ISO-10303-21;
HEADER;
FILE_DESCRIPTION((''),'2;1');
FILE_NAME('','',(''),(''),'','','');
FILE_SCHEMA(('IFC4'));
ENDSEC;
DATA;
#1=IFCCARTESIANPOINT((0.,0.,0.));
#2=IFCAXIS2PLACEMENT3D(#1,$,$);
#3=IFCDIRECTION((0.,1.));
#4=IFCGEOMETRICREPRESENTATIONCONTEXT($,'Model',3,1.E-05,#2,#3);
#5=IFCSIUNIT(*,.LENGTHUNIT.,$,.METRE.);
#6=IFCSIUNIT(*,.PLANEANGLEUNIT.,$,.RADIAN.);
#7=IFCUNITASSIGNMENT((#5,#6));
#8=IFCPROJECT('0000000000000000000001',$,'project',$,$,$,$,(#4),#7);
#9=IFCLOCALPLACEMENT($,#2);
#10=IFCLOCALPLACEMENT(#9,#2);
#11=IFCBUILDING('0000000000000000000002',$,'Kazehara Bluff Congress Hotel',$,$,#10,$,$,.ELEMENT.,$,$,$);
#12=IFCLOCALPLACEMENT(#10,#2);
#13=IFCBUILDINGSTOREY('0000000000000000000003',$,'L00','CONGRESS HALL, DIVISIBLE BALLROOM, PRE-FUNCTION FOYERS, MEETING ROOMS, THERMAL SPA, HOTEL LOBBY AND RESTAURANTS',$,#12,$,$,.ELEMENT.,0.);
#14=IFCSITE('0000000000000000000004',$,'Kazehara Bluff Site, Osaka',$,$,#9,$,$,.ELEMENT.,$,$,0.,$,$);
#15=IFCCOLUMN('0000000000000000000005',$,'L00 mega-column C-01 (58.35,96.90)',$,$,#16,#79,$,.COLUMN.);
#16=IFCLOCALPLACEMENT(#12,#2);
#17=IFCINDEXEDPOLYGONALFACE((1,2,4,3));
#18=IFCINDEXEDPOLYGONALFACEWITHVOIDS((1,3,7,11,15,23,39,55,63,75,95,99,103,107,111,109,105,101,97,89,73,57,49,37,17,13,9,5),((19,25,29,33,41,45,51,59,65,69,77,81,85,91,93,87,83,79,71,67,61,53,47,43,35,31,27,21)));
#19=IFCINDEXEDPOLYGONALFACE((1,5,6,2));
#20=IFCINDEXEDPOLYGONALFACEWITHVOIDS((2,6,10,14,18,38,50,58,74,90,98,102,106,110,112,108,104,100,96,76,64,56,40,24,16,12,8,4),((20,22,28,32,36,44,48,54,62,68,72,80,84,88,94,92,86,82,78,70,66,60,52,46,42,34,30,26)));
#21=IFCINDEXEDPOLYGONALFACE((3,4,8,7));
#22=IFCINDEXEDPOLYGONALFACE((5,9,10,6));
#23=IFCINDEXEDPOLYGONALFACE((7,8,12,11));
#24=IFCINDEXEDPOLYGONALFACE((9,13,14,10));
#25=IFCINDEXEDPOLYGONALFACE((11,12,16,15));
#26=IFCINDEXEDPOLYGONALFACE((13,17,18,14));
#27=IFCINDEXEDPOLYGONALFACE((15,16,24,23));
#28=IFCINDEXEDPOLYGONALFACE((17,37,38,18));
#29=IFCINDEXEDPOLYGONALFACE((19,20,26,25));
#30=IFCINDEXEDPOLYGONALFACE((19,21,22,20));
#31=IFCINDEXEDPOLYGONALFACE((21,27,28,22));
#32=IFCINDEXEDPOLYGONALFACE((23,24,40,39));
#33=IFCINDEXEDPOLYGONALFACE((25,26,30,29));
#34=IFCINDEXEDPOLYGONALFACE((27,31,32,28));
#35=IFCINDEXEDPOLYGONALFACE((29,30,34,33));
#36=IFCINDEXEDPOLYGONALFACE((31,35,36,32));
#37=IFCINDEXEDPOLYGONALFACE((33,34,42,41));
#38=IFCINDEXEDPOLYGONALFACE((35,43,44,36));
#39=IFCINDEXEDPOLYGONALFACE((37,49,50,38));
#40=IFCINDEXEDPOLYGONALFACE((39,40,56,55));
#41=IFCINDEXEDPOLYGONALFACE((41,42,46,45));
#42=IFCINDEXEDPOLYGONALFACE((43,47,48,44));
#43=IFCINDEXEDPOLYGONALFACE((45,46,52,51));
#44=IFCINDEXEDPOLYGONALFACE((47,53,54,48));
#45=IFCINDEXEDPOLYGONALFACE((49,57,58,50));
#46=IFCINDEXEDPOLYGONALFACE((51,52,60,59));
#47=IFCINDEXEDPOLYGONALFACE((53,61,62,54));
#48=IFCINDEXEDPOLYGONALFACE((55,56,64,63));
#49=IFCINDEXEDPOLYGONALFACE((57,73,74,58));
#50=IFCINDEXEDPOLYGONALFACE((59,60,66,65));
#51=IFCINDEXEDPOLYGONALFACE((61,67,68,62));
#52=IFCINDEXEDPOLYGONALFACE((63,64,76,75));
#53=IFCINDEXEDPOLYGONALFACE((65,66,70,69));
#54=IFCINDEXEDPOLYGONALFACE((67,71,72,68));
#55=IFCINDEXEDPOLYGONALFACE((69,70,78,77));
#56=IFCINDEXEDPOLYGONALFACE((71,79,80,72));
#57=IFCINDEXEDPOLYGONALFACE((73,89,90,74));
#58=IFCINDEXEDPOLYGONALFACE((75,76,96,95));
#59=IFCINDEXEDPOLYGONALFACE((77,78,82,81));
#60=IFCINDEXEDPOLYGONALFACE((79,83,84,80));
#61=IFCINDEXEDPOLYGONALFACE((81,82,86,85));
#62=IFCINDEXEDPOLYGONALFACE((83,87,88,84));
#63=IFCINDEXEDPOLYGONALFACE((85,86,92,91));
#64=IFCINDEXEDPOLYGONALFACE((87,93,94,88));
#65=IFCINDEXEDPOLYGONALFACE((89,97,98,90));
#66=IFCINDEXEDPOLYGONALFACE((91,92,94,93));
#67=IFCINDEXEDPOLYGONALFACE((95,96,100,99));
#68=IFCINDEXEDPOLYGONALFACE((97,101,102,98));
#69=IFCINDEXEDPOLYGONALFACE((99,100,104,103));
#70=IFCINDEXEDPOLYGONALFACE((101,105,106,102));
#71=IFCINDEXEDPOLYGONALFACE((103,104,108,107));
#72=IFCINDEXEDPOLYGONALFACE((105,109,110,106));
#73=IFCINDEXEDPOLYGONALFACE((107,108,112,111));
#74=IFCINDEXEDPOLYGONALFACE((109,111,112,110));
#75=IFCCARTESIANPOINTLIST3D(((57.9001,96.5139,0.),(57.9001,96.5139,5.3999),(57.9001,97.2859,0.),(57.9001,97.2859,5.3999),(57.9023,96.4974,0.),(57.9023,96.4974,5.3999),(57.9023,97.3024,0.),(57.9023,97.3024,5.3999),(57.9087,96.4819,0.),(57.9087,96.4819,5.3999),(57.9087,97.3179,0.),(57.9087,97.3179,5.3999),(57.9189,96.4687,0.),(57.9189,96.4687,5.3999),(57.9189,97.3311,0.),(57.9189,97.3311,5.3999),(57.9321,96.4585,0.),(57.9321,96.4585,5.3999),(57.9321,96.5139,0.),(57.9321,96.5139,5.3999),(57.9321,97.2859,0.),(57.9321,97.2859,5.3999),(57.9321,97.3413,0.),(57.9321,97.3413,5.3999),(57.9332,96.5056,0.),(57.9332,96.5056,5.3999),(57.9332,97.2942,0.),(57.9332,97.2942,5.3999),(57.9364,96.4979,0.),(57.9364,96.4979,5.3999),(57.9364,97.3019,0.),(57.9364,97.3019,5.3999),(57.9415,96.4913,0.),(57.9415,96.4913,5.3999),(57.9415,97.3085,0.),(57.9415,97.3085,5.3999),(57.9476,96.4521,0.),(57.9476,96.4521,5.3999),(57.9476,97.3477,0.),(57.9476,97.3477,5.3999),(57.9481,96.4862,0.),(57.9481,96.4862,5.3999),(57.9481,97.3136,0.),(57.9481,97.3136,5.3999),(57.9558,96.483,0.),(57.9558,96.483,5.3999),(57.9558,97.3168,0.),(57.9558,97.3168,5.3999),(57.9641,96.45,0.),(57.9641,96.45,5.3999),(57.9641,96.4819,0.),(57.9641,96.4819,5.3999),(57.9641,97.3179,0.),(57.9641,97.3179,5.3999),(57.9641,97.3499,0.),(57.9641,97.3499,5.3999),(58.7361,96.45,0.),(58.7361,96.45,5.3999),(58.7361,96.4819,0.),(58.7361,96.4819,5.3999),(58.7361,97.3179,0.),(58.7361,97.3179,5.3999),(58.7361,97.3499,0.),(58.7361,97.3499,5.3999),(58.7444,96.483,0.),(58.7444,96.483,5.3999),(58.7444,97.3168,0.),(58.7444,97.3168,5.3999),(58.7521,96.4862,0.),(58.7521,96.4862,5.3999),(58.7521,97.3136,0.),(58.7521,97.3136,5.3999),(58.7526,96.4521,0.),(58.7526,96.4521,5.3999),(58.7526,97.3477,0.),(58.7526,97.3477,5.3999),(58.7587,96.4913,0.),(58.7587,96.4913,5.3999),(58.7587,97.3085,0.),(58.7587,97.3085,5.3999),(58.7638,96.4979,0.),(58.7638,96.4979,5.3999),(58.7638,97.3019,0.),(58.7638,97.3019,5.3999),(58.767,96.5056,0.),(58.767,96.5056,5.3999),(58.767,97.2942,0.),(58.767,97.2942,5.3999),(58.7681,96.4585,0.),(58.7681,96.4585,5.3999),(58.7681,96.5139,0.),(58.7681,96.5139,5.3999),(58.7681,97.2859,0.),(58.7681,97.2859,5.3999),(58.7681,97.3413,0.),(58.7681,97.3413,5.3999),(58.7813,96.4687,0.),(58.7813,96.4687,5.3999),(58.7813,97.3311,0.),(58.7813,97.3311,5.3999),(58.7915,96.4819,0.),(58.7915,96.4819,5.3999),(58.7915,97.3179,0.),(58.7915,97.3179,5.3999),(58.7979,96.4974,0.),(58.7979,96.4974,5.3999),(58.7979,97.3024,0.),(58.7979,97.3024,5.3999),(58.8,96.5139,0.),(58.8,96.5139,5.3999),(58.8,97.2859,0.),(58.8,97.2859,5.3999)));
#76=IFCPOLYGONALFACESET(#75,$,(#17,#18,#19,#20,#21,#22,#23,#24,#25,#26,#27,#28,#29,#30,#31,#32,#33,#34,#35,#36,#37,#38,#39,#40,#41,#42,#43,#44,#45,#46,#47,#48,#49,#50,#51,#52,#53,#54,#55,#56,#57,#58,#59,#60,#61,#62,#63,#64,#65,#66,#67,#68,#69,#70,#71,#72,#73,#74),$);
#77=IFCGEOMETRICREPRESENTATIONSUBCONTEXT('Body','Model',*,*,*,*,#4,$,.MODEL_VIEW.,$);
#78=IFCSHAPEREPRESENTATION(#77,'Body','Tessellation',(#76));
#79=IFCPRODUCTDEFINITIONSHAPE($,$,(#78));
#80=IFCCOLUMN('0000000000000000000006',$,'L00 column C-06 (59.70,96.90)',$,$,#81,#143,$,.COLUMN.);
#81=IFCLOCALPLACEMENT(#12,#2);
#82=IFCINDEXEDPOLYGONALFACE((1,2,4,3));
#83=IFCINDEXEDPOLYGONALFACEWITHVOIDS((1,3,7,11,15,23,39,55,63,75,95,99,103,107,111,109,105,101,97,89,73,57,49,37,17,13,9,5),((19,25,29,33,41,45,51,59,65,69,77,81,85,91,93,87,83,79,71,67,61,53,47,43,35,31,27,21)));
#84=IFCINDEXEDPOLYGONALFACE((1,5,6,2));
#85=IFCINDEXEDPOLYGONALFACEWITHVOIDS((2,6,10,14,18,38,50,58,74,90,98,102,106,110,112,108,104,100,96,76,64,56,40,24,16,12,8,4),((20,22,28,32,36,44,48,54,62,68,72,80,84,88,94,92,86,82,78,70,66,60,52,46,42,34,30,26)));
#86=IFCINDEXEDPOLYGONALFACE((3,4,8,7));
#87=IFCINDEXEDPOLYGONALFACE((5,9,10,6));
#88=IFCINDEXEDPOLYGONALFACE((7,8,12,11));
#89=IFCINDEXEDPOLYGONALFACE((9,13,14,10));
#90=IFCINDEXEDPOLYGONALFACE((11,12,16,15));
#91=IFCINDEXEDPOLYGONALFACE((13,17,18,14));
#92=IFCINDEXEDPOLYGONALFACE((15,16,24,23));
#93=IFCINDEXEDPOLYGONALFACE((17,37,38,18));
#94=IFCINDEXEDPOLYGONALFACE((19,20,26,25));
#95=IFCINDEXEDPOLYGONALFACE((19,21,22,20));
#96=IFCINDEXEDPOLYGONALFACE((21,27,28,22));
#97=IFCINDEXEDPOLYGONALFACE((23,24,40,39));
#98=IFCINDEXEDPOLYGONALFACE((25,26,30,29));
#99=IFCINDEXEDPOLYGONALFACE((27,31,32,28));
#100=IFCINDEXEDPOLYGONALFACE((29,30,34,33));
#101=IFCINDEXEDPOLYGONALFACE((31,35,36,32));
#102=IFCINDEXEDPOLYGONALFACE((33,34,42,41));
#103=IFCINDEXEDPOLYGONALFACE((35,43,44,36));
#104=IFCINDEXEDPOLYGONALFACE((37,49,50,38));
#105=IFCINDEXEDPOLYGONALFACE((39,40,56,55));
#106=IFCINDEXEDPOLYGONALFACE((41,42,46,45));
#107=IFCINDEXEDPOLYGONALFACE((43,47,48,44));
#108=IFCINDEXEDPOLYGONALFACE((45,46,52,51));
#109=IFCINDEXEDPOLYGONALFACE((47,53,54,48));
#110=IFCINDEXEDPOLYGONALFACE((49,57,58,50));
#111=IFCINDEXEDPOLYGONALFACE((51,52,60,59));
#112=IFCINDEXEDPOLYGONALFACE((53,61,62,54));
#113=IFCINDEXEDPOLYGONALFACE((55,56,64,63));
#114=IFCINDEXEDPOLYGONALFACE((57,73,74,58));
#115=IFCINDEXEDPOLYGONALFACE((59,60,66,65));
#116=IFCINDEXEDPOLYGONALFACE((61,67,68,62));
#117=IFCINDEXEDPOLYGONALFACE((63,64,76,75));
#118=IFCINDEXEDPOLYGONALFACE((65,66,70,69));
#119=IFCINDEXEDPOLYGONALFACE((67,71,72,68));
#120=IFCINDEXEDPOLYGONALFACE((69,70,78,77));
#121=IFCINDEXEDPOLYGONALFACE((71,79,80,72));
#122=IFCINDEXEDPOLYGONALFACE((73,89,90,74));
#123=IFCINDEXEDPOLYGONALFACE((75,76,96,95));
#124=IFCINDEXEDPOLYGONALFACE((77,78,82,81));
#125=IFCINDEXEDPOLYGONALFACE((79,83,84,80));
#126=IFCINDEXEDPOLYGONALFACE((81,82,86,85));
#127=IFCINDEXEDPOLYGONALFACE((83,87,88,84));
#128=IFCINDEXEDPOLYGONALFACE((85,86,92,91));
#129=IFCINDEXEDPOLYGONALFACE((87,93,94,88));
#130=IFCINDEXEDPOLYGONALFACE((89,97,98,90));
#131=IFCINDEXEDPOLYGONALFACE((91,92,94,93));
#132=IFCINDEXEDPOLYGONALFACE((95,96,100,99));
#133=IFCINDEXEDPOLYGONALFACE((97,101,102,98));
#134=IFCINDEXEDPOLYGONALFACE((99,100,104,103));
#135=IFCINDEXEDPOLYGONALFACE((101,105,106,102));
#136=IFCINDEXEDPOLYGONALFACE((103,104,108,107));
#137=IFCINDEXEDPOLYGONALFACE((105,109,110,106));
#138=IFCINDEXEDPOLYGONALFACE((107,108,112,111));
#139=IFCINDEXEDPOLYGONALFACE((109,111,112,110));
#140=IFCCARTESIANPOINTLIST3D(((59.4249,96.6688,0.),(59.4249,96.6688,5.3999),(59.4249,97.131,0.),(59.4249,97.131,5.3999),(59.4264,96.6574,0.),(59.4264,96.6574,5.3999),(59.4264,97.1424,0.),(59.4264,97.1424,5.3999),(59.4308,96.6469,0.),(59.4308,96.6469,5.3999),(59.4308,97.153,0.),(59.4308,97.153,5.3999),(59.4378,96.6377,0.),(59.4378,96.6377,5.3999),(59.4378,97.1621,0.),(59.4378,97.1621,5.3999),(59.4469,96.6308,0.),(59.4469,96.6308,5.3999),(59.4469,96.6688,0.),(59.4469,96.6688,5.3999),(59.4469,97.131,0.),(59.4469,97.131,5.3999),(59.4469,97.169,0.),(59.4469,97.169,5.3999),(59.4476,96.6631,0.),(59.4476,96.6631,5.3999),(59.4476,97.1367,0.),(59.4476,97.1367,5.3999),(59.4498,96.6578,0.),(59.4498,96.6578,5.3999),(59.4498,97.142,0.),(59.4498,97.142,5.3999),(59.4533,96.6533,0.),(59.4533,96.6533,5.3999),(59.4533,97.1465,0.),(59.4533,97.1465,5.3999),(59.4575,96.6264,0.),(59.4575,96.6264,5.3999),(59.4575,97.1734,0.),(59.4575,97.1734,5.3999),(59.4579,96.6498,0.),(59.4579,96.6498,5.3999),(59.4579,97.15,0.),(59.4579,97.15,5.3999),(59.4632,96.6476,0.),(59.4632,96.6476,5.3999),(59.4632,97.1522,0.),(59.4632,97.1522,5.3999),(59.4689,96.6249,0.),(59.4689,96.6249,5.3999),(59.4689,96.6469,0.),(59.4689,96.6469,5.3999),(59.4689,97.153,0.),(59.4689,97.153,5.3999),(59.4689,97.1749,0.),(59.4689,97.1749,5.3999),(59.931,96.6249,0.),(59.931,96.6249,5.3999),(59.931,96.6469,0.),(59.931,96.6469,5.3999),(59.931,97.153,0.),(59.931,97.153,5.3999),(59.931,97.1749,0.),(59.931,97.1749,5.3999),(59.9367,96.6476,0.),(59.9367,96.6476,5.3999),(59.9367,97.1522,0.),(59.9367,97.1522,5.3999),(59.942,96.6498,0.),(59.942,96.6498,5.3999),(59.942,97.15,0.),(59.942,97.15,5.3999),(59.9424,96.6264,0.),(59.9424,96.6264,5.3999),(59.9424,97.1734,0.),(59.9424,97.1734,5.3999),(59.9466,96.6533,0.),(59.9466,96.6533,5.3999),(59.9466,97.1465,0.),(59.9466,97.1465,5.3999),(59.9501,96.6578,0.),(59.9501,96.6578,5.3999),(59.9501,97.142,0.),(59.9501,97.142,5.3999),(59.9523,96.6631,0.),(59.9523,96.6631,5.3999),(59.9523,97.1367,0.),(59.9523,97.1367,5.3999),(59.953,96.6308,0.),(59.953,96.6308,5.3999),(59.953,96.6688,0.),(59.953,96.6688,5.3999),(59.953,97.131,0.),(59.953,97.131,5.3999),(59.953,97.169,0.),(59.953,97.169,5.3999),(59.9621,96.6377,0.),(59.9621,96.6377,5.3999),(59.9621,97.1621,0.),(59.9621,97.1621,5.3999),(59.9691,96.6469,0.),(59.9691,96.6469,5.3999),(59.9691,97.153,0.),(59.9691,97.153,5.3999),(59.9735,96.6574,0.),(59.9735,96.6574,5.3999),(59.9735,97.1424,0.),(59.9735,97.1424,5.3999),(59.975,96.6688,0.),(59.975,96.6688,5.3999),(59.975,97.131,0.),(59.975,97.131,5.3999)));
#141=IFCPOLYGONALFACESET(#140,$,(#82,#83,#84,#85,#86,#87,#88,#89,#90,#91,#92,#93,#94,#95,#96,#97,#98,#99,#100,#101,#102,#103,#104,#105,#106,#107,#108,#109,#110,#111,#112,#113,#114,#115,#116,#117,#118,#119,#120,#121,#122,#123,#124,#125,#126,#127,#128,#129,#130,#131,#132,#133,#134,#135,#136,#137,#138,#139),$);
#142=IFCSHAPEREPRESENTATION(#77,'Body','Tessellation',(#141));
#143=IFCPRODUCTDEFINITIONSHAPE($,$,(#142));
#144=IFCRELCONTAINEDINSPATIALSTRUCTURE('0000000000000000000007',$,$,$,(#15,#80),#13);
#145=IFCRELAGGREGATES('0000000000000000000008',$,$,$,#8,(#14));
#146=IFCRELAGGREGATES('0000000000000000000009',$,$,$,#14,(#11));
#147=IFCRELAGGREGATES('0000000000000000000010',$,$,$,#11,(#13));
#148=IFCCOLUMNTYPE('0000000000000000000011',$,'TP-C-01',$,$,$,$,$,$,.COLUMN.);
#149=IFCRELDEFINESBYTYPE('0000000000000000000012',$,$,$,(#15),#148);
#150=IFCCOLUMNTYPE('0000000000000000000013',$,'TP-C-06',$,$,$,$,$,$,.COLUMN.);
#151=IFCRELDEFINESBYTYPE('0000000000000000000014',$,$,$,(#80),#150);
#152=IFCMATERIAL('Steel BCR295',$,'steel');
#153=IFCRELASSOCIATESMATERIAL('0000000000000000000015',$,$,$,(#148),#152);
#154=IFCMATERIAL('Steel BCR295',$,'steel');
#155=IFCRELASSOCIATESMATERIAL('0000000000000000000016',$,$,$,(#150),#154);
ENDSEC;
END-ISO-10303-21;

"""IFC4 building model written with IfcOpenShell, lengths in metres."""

from ifc_helpers import new_model, si_unit, direction, frame, origin, origin_2d, place, context, subcontext, project, spatial, hollow_rectangle, extrude, material, material_profile, profile_set, type_object, element, save


model = new_model("IFC4")

# Units and contexts
model_context = context("Model", 3, precision=1e-05, world=origin(), true_north=direction((0.0, 1.0)))
body_context = subcontext(model_context, "Body", "Model", "MODEL_VIEW")
ifc_project = project(units=[si_unit("LENGTHUNIT", "METRE"), si_unit("PLANEANGLEUNIT", "RADIAN")], contexts=[model_context])

# Site, building, storey
site_placement = place(None, origin())
site = spatial("IfcSite", under=ifc_project, at=site_placement, Name="Kazehara Bluff Site, Osaka", CompositionType="ELEMENT", RefElevation=0.0)
building_placement = place(site_placement, origin())
building = spatial("IfcBuilding", under=site, at=building_placement, Name="Kazehara Bluff Congress Hotel", CompositionType="ELEMENT")
storey_placement = place(building_placement, origin())
storey = spatial("IfcBuildingStorey", under=building, at=storey_placement, Name="L00", Description="CONGRESS HALL, DIVISIBLE BALLROOM, PRE-FUNCTION FOYERS, MEETING ROOMS, THERMAL SPA, HOTEL LOBBY AND RESTAURANTS", CompositionType="ELEMENT", Elevation=0.0)

# Columns
ifc_material_1 = material(Name="Steel BCR295", Category="steel")
ifc_material_profile_1 = material_profile(ifc_material_1, hollow_rectangle(XDim=0.8999, YDim=0.8999, WallThickness=0.032, InnerFilletRadius=0.032, OuterFilletRadius=0.064, at=origin_2d()))
ifc_profile_set_1 = profile_set([ifc_material_profile_1], Name="Steel BCR295")
column_type_1 = type_object("IfcColumnType", Name="TP-C-01", PredefinedType="COLUMN", material=ifc_profile_set_1)
column_1_placement = place(storey_placement, frame((58.3501, 96.8999, 0.0), z_axis=(0.0, 0.0, 1.0), x_axis=(1.0, 0.0, 0.0)))
element("IfcColumn", 1, at=column_1_placement, inside=storey, type_object=column_type_1, Name="L00 mega-column C-01 (58.35,96.90)", PredefinedType="COLUMN", context=body_context, shape_type="SweptSolid", body=[
    extrude(hollow_rectangle(XDim=0.8999, YDim=0.8999, WallThickness=0.032, InnerFilletRadius=0.032, OuterFilletRadius=0.064, at=origin_2d()), origin(), (0.0, 0.0, 1.0), 5.3999),
])
ifc_material_2 = material(Name="Steel BCR295", Category="steel")
ifc_material_profile_2 = material_profile(ifc_material_2, hollow_rectangle(XDim=0.55, YDim=0.55, WallThickness=0.022, InnerFilletRadius=0.022, OuterFilletRadius=0.0439, at=origin_2d()))
ifc_profile_set_2 = profile_set([ifc_material_profile_2], Name="Steel BCR295")
column_type_2 = type_object("IfcColumnType", Name="TP-C-06", PredefinedType="COLUMN", material=ifc_profile_set_2)
column_2_placement = place(storey_placement, frame((59.7, 96.8999, 0.0), z_axis=(0.0, 0.0, 1.0), x_axis=(1.0, 0.0, 0.0)))
element("IfcColumn", 2, at=column_2_placement, inside=storey, type_object=column_type_2, Name="L00 column C-06 (59.70,96.90)", PredefinedType="COLUMN", context=body_context, shape_type="SweptSolid", body=[
    extrude(hollow_rectangle(XDim=0.55, YDim=0.55, WallThickness=0.022, InnerFilletRadius=0.022, OuterFilletRadius=0.0439, at=origin_2d()), origin(), (0.0, 0.0, 1.0), 5.3999),
])

save(model, "model.ifc")
